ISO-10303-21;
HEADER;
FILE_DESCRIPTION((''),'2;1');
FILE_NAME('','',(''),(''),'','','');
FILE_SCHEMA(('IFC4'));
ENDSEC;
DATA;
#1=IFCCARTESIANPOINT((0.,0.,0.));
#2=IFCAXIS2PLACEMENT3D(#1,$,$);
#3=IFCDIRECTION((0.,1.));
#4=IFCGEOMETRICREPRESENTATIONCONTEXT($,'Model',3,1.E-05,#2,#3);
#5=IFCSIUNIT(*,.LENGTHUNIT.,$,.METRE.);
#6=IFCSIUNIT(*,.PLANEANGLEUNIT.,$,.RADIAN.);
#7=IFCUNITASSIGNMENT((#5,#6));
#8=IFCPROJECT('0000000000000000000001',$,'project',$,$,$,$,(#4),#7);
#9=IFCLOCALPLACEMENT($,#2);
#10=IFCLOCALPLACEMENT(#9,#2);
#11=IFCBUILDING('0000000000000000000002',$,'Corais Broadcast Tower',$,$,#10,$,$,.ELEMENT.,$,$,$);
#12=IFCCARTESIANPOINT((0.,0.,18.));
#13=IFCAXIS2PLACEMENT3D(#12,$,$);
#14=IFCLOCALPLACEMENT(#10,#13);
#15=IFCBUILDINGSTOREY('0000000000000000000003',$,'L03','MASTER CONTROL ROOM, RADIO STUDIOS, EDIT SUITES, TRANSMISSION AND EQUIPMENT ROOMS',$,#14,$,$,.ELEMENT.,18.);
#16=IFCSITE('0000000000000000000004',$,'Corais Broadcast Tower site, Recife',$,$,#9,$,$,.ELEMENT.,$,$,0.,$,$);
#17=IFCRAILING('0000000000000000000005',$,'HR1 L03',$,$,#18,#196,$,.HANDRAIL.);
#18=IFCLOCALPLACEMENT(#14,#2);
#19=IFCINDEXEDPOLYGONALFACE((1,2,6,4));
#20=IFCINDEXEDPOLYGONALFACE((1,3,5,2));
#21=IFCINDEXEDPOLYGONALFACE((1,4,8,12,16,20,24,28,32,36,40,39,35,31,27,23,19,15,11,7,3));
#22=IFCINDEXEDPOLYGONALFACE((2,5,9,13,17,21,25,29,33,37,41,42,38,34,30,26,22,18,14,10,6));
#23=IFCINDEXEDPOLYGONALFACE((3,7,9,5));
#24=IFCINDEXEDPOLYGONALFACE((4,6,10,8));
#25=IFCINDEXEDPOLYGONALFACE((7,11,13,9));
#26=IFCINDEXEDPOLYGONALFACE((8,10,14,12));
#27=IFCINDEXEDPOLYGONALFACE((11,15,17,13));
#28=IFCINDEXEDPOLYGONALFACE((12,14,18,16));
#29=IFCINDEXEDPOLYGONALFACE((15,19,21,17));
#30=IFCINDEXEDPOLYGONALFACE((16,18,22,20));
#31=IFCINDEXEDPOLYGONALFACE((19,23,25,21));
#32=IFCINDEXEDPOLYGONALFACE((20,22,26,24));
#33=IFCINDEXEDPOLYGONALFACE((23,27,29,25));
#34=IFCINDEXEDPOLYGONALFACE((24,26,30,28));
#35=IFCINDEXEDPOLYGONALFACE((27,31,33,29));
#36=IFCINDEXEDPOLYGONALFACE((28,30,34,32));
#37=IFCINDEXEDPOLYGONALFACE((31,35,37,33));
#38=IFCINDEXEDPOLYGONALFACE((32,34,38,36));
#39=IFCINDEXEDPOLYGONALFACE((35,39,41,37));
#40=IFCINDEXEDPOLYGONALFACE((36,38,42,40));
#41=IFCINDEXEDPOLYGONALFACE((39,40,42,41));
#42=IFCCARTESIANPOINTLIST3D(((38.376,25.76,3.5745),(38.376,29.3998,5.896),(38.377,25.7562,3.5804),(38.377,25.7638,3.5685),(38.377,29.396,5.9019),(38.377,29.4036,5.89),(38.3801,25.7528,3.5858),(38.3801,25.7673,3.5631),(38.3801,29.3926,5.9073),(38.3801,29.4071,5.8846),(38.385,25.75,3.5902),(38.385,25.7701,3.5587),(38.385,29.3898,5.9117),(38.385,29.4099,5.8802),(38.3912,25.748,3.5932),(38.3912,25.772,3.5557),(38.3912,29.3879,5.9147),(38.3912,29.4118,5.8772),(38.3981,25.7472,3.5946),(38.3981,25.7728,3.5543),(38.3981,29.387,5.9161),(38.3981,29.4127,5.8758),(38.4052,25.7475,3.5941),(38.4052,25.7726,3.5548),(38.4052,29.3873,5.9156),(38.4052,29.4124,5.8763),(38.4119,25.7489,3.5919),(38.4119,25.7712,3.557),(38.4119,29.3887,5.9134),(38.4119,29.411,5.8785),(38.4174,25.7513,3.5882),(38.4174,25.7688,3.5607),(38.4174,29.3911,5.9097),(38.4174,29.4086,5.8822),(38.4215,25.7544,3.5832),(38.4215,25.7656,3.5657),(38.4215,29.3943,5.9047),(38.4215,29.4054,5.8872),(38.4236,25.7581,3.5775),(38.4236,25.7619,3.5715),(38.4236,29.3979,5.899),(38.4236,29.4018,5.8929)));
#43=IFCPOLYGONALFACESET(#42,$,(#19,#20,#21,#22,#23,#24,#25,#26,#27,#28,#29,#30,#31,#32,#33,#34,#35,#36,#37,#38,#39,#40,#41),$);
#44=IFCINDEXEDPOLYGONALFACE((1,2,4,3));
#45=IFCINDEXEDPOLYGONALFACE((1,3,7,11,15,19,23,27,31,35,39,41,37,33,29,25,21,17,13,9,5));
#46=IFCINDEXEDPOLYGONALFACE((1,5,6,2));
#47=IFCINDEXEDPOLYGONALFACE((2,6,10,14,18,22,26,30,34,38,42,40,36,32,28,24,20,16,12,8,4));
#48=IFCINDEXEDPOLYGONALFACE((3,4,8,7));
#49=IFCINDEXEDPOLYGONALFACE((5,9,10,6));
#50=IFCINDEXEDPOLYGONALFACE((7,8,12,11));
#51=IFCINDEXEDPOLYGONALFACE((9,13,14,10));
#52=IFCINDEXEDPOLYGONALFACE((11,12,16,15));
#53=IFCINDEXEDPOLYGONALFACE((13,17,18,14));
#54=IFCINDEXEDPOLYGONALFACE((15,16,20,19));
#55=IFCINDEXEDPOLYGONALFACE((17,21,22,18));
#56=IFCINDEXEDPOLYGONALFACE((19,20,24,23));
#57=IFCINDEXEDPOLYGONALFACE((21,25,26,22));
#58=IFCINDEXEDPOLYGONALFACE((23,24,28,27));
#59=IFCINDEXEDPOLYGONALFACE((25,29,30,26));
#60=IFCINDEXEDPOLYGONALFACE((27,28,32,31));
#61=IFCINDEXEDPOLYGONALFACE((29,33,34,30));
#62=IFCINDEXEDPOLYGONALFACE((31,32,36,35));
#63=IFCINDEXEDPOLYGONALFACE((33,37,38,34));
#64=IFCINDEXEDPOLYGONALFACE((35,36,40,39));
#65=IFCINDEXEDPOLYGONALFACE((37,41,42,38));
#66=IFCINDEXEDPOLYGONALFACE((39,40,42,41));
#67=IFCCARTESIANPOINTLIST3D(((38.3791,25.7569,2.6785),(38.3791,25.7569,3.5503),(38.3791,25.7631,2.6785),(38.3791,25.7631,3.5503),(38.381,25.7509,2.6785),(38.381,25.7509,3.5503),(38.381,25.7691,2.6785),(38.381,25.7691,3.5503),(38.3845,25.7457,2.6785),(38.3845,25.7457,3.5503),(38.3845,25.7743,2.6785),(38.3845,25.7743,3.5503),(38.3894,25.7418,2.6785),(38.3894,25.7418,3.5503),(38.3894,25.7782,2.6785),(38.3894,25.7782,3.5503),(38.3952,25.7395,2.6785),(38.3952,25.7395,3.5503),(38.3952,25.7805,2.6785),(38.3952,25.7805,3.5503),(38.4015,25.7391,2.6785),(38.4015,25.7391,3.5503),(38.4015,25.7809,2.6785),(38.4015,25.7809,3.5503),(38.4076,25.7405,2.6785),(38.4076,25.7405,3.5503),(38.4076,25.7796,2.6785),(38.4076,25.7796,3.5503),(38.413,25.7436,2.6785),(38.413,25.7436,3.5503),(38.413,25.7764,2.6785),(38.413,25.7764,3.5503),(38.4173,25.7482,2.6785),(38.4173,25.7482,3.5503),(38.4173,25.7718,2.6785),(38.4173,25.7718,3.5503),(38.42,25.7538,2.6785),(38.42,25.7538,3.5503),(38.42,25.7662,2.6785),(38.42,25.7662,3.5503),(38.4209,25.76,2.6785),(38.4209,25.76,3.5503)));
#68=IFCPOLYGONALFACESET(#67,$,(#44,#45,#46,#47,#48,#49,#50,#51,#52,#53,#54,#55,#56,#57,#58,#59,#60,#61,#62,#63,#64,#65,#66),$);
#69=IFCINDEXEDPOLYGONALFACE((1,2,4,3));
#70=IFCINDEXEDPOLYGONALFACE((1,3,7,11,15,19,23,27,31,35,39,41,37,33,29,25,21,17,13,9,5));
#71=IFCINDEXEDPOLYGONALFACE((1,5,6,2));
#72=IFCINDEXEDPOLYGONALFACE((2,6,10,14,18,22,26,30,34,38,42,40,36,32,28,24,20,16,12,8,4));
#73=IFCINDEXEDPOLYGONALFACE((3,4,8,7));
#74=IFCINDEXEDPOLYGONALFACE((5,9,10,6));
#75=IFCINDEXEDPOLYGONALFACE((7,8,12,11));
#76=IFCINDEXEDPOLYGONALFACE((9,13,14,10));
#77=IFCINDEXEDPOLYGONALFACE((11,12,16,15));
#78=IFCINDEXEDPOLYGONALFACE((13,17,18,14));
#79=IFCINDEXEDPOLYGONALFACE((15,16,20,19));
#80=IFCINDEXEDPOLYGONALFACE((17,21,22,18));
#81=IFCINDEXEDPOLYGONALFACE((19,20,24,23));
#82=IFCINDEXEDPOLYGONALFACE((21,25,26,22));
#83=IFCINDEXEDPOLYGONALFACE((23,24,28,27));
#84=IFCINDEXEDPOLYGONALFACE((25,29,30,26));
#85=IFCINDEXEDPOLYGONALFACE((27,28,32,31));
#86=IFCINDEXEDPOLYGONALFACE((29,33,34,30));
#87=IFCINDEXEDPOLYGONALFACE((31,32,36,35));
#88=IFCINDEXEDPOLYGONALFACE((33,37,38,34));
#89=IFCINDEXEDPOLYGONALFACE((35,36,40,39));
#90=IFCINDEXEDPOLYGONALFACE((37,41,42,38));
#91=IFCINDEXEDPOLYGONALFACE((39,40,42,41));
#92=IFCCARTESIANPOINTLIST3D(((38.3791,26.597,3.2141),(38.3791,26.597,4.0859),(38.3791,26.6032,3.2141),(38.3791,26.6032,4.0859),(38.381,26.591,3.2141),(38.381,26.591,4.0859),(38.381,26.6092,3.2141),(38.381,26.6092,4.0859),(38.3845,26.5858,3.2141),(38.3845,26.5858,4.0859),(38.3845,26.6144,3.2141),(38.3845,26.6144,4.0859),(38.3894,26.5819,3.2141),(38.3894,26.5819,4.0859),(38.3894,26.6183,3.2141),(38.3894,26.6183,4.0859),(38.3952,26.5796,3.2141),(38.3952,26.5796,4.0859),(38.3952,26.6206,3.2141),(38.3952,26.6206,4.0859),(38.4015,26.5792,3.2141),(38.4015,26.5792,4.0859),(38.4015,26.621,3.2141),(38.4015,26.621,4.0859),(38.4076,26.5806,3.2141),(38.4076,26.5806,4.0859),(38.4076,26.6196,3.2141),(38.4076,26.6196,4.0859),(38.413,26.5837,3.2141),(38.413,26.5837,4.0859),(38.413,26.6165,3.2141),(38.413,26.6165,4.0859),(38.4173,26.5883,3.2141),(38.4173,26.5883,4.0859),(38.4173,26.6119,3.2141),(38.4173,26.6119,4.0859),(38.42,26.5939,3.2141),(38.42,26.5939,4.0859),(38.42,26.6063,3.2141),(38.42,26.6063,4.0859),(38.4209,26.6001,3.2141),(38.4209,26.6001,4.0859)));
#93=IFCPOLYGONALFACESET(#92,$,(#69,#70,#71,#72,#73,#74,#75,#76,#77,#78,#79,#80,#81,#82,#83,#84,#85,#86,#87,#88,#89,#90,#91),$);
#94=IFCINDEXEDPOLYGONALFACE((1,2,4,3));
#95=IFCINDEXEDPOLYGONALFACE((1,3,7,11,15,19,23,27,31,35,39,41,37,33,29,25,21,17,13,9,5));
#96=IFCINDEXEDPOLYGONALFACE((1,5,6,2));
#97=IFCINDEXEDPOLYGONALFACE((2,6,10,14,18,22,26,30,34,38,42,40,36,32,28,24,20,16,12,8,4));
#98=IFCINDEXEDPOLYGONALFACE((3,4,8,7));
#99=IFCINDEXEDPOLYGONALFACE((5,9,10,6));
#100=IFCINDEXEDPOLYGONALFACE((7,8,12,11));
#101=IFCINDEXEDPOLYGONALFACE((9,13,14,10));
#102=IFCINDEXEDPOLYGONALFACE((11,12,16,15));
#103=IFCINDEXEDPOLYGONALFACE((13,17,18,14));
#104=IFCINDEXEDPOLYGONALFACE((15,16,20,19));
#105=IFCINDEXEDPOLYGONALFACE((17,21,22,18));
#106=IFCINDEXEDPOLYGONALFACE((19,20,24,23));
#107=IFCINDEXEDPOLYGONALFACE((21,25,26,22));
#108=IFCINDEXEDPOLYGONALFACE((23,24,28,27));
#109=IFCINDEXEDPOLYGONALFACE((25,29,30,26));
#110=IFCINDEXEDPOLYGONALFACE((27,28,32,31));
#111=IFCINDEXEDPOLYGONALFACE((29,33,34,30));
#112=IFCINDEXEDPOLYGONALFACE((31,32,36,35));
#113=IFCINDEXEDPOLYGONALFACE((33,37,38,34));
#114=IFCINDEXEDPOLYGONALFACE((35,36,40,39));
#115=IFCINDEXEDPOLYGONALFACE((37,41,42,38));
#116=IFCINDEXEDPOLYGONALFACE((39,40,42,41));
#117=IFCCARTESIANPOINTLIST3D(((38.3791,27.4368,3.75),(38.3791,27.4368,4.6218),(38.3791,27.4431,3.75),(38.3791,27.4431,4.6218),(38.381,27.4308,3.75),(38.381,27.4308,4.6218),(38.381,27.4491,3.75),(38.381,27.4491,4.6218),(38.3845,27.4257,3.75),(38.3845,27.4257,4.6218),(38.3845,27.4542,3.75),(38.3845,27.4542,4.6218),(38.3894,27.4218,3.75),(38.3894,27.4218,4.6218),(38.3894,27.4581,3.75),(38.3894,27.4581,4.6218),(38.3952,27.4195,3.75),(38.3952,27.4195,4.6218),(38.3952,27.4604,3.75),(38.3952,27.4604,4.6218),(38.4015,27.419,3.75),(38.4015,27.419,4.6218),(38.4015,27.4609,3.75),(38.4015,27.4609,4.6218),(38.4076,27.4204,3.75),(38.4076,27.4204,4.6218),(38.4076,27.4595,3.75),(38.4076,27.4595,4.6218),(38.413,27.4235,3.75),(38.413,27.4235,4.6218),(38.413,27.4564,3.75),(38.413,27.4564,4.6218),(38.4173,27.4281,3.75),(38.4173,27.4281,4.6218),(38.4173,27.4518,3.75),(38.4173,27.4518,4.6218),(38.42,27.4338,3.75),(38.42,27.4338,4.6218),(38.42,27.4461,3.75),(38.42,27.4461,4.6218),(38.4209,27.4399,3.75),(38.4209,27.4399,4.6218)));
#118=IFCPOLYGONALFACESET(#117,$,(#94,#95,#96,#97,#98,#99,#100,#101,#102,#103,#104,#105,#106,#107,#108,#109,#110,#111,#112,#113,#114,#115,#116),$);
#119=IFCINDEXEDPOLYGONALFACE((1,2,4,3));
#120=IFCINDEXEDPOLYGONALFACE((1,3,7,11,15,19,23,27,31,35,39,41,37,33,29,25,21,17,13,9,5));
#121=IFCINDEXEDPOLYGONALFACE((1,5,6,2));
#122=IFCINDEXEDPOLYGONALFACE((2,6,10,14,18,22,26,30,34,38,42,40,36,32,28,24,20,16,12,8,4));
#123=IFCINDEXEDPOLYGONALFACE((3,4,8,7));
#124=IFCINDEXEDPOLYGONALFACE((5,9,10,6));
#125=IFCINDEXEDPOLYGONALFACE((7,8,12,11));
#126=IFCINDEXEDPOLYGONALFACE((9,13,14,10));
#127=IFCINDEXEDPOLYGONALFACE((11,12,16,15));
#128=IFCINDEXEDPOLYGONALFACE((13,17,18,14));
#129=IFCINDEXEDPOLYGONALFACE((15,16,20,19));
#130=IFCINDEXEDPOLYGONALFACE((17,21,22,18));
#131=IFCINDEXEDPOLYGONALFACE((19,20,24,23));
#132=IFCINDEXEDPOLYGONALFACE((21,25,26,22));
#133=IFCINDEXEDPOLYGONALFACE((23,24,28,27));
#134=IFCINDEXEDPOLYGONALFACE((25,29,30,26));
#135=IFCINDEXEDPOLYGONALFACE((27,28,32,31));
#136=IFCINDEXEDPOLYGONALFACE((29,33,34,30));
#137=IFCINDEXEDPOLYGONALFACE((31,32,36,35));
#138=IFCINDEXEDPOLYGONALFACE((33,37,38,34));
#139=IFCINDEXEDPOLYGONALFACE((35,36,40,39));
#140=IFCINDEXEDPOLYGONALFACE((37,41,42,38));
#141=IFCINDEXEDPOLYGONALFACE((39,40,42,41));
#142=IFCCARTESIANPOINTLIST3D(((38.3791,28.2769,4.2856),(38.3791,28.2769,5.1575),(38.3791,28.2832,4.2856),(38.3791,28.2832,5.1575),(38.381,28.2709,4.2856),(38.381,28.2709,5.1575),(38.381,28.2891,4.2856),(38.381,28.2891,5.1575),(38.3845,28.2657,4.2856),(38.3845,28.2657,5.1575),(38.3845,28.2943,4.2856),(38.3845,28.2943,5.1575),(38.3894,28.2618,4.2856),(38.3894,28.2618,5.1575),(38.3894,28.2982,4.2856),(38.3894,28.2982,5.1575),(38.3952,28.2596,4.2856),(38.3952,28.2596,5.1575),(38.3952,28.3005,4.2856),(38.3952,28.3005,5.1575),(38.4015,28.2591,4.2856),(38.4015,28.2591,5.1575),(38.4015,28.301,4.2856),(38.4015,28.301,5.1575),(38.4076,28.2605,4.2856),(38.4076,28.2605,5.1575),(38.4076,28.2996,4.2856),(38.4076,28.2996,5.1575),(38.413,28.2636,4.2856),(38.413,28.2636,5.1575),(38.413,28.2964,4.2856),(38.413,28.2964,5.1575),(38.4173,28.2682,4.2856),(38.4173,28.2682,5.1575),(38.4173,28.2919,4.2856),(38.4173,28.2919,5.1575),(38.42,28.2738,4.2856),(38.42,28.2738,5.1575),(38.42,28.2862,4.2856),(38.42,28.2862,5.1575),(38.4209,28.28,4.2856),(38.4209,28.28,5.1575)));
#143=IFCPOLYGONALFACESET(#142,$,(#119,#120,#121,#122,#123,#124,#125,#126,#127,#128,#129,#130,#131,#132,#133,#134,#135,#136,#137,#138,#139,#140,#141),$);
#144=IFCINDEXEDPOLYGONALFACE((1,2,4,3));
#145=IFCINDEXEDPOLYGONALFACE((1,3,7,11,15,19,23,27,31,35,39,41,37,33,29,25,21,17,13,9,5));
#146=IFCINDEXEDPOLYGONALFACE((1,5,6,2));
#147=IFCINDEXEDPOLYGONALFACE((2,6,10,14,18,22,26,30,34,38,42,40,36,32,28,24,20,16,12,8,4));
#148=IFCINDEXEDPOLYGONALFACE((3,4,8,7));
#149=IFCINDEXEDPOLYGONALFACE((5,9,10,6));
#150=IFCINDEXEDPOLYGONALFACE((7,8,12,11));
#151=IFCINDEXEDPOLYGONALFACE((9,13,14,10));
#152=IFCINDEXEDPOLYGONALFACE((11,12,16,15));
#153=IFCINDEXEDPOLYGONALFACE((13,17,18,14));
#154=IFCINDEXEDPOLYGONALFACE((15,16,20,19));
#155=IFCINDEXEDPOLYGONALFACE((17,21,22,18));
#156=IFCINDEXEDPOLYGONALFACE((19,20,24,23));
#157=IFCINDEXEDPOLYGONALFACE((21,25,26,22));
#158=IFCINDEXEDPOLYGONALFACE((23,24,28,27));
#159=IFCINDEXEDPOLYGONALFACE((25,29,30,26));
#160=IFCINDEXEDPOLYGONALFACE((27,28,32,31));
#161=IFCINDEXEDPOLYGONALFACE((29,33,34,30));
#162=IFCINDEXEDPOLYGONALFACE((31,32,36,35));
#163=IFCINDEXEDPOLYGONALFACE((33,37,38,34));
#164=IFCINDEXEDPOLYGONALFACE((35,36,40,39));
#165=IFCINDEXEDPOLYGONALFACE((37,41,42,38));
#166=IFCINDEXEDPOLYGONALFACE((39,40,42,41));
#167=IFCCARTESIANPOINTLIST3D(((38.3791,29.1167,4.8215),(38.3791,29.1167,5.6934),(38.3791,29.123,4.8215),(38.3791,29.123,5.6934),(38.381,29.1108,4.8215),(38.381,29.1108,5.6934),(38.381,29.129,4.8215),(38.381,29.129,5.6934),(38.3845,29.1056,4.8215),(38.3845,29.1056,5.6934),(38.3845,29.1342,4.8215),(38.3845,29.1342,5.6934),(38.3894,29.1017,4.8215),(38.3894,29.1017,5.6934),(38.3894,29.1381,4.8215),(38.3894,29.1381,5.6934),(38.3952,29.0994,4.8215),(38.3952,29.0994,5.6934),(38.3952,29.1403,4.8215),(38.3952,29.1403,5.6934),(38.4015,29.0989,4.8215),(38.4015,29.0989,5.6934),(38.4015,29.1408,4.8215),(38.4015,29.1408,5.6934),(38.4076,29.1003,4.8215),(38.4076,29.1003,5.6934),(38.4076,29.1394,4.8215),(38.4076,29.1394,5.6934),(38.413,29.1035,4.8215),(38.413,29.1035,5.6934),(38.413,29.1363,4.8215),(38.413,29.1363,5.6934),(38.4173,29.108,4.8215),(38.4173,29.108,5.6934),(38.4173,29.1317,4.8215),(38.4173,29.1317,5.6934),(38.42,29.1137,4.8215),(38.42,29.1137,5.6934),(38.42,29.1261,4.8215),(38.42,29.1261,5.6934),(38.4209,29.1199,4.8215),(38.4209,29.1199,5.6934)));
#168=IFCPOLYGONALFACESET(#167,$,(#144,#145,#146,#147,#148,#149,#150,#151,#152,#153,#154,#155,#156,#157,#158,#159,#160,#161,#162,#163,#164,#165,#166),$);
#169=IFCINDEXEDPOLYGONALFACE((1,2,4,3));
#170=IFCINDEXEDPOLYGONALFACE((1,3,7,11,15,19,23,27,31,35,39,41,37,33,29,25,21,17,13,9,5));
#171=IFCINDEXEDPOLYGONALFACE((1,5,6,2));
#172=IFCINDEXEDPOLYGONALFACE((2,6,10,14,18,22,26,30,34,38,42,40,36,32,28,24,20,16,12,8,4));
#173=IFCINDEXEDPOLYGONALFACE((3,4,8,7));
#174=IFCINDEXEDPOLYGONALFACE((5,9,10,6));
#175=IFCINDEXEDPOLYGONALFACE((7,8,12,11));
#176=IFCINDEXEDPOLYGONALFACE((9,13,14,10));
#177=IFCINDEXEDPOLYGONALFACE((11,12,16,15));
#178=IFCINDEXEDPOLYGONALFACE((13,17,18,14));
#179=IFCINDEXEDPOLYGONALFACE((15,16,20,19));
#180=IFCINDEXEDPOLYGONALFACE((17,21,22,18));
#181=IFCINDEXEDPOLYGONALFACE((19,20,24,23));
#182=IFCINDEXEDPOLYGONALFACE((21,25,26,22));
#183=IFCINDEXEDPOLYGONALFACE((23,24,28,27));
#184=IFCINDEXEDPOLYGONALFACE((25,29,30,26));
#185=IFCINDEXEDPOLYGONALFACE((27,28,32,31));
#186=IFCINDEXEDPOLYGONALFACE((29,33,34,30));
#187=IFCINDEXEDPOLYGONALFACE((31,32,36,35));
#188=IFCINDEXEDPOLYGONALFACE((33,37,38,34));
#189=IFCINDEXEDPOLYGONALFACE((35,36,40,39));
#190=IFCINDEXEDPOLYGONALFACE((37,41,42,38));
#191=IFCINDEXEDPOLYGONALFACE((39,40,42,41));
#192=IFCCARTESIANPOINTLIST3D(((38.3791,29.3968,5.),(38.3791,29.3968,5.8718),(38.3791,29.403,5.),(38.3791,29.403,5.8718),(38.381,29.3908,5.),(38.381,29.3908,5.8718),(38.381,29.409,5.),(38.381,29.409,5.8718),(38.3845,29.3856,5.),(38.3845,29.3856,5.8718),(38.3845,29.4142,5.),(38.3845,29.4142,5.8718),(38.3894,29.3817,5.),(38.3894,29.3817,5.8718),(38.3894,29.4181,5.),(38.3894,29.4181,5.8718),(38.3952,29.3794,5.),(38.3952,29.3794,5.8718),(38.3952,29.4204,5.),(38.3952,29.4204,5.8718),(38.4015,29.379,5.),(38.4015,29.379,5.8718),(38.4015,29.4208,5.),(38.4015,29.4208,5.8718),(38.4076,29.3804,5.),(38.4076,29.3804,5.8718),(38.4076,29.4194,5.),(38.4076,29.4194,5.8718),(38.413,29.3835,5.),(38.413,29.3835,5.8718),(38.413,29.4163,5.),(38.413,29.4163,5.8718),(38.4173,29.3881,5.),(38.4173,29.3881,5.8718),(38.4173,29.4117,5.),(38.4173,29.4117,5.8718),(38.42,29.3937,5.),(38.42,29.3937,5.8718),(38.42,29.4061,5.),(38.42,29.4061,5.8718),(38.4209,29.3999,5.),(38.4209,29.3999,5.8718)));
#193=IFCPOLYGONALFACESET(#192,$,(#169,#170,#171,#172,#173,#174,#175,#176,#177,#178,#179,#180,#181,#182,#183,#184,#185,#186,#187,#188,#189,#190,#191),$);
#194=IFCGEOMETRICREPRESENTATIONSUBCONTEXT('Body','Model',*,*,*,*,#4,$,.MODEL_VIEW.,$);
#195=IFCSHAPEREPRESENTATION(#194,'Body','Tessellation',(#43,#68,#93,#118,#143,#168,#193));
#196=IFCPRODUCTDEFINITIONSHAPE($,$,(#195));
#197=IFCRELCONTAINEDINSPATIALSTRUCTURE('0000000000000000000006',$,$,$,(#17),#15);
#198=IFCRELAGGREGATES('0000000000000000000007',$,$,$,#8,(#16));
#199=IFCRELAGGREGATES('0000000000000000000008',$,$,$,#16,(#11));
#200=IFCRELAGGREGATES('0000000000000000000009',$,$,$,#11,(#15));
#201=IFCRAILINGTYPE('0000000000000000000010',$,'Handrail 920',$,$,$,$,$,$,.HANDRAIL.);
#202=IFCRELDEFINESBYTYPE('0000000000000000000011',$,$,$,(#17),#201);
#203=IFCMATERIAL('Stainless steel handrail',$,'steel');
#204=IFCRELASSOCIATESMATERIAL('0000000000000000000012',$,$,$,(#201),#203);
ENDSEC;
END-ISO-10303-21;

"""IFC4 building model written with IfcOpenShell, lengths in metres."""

from ifc_helpers import new_model, si_unit, direction, frame, origin, origin_2d, place, context, subcontext, project, spatial, circle, extrude, material, type_object, element, save


model = new_model("IFC4")

# Units and contexts
model_context = context("Model", 3, precision=1e-05, world=origin(), true_north=direction((0.0, 1.0)))
body_context = subcontext(model_context, "Body", "Model", "MODEL_VIEW")
ifc_project = project(units=[si_unit("LENGTHUNIT", "METRE"), si_unit("PLANEANGLEUNIT", "RADIAN")], contexts=[model_context])

# Site, building, storey
site_placement = place(None, origin())
site = spatial("IfcSite", under=ifc_project, at=site_placement, Name="Corais Broadcast Tower site, Recife", CompositionType="ELEMENT", RefElevation=0.0)
building_placement = place(site_placement, origin())
building = spatial("IfcBuilding", under=site, at=building_placement, Name="Corais Broadcast Tower", CompositionType="ELEMENT")
storey_placement = place(building_placement, frame((0.0, 0.0, 18.0)))
storey = spatial("IfcBuildingStorey", under=building, at=storey_placement, Name="L03", Description="MASTER CONTROL ROOM, RADIO STUDIOS, EDIT SUITES, TRANSMISSION AND EQUIPMENT ROOMS", CompositionType="ELEMENT", Elevation=18.0)

# Railing
ifc_material_1 = material(Name="Stainless steel handrail", Category="steel")
railing_type = type_object("IfcRailingType", Name="Handrail 920", PredefinedType="HANDRAIL", material=ifc_material_1)
for number, where, name in (
    (1, (38.3999, 25.76, 2.6785), "HR1 L03"),
):
    element("IfcRailing", number, at=place(storey_placement, frame(where)), inside=storey, type_object=railing_type, Name=name, PredefinedType="HANDRAIL", context=body_context, shape_type="SweptSolid", body=[
        extrude(circle(Radius=0.0239, at=origin_2d()), frame((0.0, 0.0, 0.896), z_axis=(0.0, 0.843112, 0.537739), x_axis=(-1.0, 0.0, 0.0)), (0.0, 0.0, 1.0), 4.3171),
        extrude(circle(Radius=0.021, at=origin_2d()), origin(), (0.0, 0.0, 1.0), 0.8718),
        extrude(circle(Radius=0.021, at=origin_2d()), frame((0.0, 0.8401, 0.5356)), (0.0, 0.0, 1.0), 0.8718),
        extrude(circle(Radius=0.021, at=origin_2d()), frame((0.0, 1.6799, 1.0715)), (0.0, 0.0, 1.0), 0.8718),
        extrude(circle(Radius=0.021, at=origin_2d()), frame((0.0, 2.52, 1.6072)), (0.0, 0.0, 1.0), 0.8718),
        extrude(circle(Radius=0.021, at=origin_2d()), frame((0.0, 3.3599, 2.1431)), (0.0, 0.0, 1.0), 0.8718),
        extrude(circle(Radius=0.021, at=origin_2d()), frame((0.0, 3.6399, 2.3215)), (0.0, 0.0, 1.0), 0.8718),
    ])

save(model, "model.ifc")
